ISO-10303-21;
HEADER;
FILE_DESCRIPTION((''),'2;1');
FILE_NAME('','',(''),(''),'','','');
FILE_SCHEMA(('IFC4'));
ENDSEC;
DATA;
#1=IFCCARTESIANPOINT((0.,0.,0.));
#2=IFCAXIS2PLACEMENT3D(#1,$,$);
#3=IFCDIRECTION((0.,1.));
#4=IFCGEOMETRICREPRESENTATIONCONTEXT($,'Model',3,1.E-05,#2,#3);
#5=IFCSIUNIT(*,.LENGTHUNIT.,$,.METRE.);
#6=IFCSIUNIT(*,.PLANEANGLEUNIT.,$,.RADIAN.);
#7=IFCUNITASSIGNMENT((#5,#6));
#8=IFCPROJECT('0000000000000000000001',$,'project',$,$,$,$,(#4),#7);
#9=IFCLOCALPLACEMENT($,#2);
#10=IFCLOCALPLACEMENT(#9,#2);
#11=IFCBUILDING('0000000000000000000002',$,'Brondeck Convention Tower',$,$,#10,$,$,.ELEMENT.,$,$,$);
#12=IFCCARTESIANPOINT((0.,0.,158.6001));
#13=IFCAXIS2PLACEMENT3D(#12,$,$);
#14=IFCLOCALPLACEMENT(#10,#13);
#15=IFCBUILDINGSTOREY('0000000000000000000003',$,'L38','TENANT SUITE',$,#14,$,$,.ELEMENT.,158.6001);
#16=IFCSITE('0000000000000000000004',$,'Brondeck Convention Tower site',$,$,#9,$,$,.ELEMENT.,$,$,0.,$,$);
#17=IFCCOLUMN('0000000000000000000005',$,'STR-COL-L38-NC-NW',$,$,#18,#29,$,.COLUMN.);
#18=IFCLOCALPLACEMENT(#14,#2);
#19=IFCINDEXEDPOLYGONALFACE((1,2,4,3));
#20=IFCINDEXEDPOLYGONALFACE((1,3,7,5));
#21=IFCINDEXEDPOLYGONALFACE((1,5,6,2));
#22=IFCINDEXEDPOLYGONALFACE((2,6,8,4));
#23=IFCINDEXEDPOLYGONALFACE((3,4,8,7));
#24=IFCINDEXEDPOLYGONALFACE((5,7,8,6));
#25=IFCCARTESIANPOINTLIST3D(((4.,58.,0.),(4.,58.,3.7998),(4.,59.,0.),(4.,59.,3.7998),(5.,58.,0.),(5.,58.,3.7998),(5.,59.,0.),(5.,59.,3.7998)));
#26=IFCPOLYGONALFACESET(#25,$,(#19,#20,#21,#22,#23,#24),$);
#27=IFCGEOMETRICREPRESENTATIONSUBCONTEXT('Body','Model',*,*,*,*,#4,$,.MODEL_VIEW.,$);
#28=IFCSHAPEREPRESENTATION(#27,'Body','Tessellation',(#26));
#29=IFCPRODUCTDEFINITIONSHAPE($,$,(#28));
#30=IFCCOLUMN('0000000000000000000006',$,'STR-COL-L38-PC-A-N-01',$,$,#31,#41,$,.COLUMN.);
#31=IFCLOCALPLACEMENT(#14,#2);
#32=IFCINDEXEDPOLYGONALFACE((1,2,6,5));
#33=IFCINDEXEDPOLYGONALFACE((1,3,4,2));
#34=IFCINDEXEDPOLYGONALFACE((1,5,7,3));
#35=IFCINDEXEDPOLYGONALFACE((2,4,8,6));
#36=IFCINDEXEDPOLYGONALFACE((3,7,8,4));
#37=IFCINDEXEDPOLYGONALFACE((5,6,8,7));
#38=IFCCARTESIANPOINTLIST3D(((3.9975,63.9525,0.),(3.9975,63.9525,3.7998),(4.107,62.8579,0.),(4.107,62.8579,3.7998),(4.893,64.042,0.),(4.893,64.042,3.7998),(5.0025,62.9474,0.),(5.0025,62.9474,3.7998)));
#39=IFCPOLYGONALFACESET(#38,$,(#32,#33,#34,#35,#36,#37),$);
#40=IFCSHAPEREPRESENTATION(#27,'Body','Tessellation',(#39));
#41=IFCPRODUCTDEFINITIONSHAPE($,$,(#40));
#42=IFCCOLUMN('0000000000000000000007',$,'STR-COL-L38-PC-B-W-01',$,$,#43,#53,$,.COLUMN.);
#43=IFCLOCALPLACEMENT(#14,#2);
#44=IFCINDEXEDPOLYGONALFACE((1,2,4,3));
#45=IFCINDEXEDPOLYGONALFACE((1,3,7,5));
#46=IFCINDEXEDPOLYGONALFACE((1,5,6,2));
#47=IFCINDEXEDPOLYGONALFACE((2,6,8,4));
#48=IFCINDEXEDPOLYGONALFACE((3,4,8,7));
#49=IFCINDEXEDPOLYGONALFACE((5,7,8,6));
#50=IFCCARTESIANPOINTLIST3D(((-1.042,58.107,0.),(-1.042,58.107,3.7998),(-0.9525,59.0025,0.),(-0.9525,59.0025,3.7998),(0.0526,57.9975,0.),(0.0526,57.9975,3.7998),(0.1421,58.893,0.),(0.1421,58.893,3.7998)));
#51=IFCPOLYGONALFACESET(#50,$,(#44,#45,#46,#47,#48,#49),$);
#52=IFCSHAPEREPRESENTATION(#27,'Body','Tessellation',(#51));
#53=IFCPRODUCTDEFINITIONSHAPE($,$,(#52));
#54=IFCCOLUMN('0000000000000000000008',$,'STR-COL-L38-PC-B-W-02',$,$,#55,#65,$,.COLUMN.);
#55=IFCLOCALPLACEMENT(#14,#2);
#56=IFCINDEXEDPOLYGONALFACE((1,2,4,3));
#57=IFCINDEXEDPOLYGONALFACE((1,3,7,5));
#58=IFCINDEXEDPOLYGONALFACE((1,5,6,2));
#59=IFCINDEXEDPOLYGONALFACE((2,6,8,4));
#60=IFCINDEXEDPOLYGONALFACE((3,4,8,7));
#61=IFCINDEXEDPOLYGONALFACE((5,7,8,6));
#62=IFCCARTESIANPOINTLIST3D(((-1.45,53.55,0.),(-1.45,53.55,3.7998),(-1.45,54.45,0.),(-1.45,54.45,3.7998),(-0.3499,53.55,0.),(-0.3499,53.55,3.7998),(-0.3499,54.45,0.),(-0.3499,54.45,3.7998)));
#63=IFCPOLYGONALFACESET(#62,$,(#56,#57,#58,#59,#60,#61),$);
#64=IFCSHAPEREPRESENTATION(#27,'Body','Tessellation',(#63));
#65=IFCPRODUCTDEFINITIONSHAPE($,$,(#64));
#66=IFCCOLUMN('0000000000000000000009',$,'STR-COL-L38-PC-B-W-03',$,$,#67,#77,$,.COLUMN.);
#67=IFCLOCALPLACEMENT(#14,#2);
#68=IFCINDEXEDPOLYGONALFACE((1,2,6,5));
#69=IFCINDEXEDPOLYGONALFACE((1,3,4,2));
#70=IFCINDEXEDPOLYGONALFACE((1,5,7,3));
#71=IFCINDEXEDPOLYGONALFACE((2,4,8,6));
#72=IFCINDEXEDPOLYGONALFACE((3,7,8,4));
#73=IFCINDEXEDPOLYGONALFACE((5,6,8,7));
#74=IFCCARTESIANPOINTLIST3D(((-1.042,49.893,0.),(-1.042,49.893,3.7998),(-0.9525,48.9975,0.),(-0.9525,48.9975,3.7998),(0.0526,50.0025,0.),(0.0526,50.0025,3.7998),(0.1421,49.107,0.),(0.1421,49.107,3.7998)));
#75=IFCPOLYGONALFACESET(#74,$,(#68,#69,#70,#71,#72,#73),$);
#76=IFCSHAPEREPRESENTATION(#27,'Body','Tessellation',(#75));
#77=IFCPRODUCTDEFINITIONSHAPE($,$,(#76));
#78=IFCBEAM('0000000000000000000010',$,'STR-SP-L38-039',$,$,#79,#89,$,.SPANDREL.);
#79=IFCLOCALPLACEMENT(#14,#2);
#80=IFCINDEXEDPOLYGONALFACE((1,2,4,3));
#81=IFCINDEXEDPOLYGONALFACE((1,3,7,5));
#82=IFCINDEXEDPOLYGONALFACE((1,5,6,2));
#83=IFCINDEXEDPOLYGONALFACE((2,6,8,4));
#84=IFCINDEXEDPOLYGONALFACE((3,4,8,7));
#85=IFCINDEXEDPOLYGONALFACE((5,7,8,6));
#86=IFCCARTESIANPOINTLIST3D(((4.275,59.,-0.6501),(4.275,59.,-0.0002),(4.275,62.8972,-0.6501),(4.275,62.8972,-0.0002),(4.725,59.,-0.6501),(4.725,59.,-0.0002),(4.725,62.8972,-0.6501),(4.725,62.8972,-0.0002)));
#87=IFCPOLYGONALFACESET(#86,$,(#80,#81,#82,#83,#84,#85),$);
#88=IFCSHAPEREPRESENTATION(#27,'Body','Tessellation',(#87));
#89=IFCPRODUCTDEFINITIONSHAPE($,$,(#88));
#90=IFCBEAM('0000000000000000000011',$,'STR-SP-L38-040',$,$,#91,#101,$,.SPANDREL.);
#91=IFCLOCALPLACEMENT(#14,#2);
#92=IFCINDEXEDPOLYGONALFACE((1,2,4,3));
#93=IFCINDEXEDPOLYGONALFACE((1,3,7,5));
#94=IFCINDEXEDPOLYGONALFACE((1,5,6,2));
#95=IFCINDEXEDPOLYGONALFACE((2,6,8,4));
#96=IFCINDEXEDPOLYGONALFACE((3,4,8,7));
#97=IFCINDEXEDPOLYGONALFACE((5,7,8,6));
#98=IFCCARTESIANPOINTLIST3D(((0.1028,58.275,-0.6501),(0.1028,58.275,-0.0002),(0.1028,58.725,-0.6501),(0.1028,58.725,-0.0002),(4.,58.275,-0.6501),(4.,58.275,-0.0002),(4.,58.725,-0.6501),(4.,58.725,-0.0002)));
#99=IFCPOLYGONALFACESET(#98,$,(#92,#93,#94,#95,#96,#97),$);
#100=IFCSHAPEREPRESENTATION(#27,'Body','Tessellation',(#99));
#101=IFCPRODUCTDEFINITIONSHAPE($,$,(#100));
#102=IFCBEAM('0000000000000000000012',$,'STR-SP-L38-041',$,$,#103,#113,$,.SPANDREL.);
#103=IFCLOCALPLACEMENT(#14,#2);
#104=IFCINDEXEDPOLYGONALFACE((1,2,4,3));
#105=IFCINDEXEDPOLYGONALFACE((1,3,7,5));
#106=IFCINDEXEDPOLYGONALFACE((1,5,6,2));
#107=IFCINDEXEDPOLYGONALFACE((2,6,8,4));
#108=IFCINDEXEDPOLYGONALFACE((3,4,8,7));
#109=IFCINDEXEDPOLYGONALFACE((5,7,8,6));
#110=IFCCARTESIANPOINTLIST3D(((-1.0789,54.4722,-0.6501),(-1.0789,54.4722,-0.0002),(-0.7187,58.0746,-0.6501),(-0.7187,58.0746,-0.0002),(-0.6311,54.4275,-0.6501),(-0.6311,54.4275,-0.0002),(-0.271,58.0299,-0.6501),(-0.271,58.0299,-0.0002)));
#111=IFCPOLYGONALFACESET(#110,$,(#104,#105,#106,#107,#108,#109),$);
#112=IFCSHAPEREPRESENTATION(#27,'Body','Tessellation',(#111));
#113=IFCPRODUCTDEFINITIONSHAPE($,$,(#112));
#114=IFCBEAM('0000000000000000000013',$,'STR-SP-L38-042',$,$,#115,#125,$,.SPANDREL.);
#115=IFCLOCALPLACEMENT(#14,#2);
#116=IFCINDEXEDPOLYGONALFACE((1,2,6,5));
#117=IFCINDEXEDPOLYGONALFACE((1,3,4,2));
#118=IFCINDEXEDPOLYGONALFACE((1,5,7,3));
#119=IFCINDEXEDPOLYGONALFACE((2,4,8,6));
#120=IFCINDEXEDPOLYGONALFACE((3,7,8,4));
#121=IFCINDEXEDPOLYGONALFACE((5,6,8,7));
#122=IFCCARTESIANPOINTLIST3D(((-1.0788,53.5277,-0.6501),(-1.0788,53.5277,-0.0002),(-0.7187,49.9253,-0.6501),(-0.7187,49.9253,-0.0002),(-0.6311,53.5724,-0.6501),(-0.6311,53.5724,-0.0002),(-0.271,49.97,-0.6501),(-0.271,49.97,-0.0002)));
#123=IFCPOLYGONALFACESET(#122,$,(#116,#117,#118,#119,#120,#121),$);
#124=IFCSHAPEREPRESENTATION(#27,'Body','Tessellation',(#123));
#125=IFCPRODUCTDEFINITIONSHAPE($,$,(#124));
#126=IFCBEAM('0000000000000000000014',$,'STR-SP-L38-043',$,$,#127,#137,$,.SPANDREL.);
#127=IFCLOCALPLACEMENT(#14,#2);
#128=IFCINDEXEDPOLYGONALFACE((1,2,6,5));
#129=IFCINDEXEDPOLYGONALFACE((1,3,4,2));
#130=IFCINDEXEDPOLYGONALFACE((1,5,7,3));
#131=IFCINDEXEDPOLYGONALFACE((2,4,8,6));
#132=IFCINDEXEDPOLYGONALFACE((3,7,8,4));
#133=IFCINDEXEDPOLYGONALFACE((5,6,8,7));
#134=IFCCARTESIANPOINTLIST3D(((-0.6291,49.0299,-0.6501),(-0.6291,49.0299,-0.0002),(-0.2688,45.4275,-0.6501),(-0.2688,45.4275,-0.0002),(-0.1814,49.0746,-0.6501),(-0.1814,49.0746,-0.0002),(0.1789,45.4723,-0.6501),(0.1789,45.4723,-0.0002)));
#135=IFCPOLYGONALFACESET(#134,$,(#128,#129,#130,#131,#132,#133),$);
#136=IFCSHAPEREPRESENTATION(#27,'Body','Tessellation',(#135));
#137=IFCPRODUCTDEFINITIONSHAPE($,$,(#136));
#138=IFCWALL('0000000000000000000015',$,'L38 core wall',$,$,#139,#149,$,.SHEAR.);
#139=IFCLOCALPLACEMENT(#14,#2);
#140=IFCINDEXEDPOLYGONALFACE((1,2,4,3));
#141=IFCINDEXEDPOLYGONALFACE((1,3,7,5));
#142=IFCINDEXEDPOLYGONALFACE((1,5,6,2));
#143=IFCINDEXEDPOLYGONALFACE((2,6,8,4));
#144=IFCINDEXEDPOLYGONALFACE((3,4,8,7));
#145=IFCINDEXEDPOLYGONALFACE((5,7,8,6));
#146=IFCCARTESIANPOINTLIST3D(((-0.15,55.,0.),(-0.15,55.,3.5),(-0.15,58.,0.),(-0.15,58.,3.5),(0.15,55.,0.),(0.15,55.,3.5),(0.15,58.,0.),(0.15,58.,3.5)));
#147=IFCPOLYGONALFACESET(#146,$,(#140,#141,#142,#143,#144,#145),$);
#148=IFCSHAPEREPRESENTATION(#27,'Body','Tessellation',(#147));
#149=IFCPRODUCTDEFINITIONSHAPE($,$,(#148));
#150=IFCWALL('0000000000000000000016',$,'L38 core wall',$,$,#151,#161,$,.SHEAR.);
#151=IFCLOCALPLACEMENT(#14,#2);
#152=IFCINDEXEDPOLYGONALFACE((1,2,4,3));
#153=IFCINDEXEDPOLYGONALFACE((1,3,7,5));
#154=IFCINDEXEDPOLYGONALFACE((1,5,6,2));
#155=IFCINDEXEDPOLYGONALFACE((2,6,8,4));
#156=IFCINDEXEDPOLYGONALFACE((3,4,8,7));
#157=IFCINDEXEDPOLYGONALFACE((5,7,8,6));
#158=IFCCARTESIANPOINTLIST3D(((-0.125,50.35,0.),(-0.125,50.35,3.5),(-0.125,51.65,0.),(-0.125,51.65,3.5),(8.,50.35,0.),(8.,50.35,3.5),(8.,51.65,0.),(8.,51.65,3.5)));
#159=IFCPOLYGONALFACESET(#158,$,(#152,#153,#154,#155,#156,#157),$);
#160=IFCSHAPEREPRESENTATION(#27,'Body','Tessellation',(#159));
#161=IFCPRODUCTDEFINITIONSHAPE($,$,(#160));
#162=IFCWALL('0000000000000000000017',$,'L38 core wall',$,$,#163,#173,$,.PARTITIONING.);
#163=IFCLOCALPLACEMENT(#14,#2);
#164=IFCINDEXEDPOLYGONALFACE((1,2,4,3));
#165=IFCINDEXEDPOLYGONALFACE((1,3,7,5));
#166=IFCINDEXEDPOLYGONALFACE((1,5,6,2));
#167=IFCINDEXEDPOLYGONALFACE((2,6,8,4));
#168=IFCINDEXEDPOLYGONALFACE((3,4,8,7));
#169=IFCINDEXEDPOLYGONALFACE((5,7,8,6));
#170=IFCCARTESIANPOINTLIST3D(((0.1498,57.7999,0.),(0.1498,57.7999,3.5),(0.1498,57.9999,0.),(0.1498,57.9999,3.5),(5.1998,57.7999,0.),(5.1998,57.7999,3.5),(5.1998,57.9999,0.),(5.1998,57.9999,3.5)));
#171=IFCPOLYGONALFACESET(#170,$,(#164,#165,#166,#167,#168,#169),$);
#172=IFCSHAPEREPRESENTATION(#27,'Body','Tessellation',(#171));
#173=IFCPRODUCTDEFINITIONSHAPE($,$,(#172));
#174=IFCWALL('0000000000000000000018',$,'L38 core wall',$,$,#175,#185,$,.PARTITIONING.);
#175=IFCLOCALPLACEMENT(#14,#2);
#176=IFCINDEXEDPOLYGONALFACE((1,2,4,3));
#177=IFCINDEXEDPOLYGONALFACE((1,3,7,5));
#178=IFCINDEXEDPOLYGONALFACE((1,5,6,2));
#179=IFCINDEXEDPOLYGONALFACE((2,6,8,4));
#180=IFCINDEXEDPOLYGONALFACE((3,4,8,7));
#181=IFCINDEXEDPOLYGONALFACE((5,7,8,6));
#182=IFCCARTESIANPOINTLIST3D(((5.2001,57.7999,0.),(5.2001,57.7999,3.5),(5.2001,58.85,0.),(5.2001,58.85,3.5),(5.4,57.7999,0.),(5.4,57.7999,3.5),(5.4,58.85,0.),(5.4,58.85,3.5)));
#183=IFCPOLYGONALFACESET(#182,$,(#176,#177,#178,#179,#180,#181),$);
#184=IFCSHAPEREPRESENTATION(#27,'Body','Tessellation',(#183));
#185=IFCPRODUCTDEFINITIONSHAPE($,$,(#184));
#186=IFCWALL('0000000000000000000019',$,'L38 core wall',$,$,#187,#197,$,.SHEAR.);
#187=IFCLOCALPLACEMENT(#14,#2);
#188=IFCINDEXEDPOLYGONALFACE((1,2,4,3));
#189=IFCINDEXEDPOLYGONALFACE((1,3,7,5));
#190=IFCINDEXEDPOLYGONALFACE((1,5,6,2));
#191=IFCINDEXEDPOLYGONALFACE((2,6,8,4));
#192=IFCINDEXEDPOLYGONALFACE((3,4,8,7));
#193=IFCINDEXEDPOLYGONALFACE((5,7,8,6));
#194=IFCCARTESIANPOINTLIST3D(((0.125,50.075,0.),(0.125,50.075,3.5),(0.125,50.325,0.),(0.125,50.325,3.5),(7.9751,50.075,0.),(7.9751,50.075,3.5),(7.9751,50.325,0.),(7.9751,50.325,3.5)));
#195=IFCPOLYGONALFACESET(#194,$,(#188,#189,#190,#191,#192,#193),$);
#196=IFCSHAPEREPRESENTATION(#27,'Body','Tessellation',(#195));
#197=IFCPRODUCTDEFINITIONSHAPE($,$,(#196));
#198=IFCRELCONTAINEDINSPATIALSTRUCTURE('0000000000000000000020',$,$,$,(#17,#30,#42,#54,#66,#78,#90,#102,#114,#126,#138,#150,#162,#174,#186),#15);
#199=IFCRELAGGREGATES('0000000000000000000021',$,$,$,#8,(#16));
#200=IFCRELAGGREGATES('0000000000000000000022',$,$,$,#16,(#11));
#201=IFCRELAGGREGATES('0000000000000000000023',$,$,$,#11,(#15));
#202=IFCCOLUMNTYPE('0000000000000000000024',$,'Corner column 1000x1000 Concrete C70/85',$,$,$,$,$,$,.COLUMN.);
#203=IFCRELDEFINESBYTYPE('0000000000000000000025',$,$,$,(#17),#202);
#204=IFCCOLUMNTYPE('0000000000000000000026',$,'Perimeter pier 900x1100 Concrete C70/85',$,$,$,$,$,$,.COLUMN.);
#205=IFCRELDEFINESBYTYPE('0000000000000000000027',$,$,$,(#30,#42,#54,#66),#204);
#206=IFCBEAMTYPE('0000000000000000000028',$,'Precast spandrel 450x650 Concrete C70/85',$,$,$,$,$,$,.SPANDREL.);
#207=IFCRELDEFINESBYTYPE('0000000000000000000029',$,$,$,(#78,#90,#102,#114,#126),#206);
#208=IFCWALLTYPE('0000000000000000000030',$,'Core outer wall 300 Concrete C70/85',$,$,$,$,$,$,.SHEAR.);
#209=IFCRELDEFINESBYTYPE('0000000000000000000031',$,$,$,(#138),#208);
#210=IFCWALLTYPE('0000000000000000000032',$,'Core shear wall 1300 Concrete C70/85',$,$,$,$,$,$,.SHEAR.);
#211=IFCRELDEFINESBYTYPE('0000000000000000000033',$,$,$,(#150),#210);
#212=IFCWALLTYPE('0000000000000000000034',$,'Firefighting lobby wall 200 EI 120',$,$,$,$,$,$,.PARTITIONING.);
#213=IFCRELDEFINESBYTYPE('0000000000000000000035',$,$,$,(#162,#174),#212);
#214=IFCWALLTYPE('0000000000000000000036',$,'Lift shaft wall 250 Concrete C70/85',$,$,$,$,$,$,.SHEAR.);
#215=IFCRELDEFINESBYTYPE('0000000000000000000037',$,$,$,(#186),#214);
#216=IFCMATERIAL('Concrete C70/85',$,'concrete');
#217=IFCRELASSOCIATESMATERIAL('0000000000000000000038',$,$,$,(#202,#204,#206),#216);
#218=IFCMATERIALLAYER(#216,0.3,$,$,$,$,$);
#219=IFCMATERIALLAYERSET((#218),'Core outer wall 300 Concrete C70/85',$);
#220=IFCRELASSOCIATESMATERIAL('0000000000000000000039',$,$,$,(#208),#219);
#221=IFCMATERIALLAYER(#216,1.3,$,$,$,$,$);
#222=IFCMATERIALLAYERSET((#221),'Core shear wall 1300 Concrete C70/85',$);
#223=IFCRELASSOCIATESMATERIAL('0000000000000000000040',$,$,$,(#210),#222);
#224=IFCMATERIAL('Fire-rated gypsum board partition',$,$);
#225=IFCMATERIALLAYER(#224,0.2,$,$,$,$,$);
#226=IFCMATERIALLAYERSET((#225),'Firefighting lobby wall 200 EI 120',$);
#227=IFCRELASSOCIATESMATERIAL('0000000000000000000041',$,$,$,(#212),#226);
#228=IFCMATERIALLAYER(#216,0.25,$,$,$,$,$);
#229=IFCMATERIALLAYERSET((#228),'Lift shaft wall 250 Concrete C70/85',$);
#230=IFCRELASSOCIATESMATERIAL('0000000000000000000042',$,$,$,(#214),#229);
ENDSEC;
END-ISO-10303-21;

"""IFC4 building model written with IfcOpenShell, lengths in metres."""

from ifc_helpers import new_model, si_unit, direction, frame, frame_2d, origin, origin_2d, place, context, subcontext, project, spatial, rectangle, extrude, material, layer, layer_set, material_profile, profile_set, type_object, element, save


model = new_model("IFC4")

# Units and contexts
model_context = context("Model", 3, precision=1e-05, world=origin(), true_north=direction((0.0, 1.0)))
body_context = subcontext(model_context, "Body", "Model", "MODEL_VIEW")
ifc_project = project(units=[si_unit("LENGTHUNIT", "METRE"), si_unit("PLANEANGLEUNIT", "RADIAN")], contexts=[model_context])

# Site, building, storey
site_placement = place(None, origin())
site = spatial("IfcSite", under=ifc_project, at=site_placement, Name="Brondeck Convention Tower site", CompositionType="ELEMENT", RefElevation=0.0)
building_placement = place(site_placement, origin())
building = spatial("IfcBuilding", under=site, at=building_placement, Name="Brondeck Convention Tower", CompositionType="ELEMENT")
storey_placement = place(building_placement, frame((0.0, 0.0, 158.6001)))
storey = spatial("IfcBuildingStorey", under=building, at=storey_placement, Name="L38", Description="TENANT SUITE", CompositionType="ELEMENT", Elevation=158.6001)

# Columns
ifc_material_1 = material(Name="Concrete C70/85", Category="concrete")
ifc_material_profile_1 = material_profile(ifc_material_1, rectangle(XDim=1.0, YDim=1.0, at=origin_2d()), Name="Corner column 1000x1000 Concrete C70/85")
ifc_profile_set_1 = profile_set([ifc_material_profile_1], Name="Concrete C70/85")
column_type_1 = type_object("IfcColumnType", Name="Corner column 1000x1000 Concrete C70/85", PredefinedType="COLUMN", material=ifc_profile_set_1)
column_placement = place(storey_placement, frame((4.5, 58.5, 0.0), z_axis=(0.0, 0.0, 1.0), x_axis=(1.0, 0.0, 0.0)))
element("IfcColumn", 1, at=column_placement, inside=storey, type_object=column_type_1, Name="STR-COL-L38-NC-NW", PredefinedType="COLUMN", context=body_context, shape_type="SweptSolid", body=[
    extrude(rectangle(XDim=1.0, YDim=1.0, at=origin_2d()), origin(), (0.0, 0.0, 1.0), 3.7998),
])
ifc_material_profile_2 = material_profile(ifc_material_1, rectangle(XDim=0.8999, YDim=1.1001, at=origin_2d()), Name="Perimeter pier 900x1100 Concrete C70/85")
ifc_profile_set_2 = profile_set([ifc_material_profile_2], Name="Concrete C70/85")
column_type_2 = type_object("IfcColumnType", Name="Perimeter pier 900x1100 Concrete C70/85", PredefinedType="COLUMN", material=ifc_profile_set_2)
for number, where, z_axis, x_axis, name in (
    (2, (4.5, 63.45, 0.0), (0.0, 0.0, 1.0), (-0.995037, -0.099504, 0.0), "STR-COL-L38-PC-A-N-01"),
    (3, (-0.45, 58.5, 0.0), (0.0, 0.0, 1.0), (-0.099504, -0.995037, 0.0), "STR-COL-L38-PC-B-W-01"),
    (4, (-0.8999, 54.0, 0.0), (0.0, 0.0, 1.0), (0.0, -1.0, 0.0), "STR-COL-L38-PC-B-W-02"),
    (5, (-0.45, 49.5, 0.0), (0.0, 0.0, 1.0), (0.099504, -0.995037, 0.0), "STR-COL-L38-PC-B-W-03"),
):
    element("IfcColumn", number, at=place(storey_placement, frame(where, z_axis=z_axis, x_axis=x_axis)), inside=storey, type_object=column_type_2, Name=name, PredefinedType="COLUMN", context=body_context, shape_type="SweptSolid", body=[
        extrude(rectangle(XDim=0.8999, YDim=1.1001, at=origin_2d()), origin(), (0.0, 0.0, 1.0), 3.7998),
    ])

# Beams
ifc_material_profile_3 = material_profile(ifc_material_1, rectangle(XDim=0.45, YDim=0.6499, at=origin_2d()), Name="Precast spandrel 450x650 Concrete C70/85")
ifc_profile_set_3 = profile_set([ifc_material_profile_3], Name="Concrete C70/85")
beam_type = type_object("IfcBeamType", Name="Precast spandrel 450x650 Concrete C70/85", PredefinedType="SPANDREL", material=ifc_profile_set_3)
for number, where, z_axis, x_axis, name in (
    (6, (4.5, 62.8972, -0.3252), (0.0, -1.0, 0.0), (1.0, 0.0, 0.0), "STR-SP-L38-039"),
    (7, (4.0, 58.5, -0.3252), (-1.0, 0.0, 0.0), (0.0, -1.0, 0.0), "STR-SP-L38-040"),
):
    element("IfcBeam", number, at=place(storey_placement, frame(where, z_axis=z_axis, x_axis=x_axis)), inside=storey, type_object=beam_type, Name=name, PredefinedType="SPANDREL", context=body_context, shape_type="SweptSolid", body=[
        extrude(rectangle(XDim=0.45, YDim=0.6499, at=origin_2d()), origin(), (0.0, 0.0, 1.0), 3.8972),
    ])
for number, where, z_axis, x_axis, name in (
    (8, (-0.4949, 58.0522, -0.3252), (-0.09947, -0.995041, 0.0), (0.995041, -0.09947, 0.0), "STR-SP-L38-041"),
    (9, (-0.855, 53.55, -0.3252), (0.09947, -0.995041, 0.0), (0.995041, 0.09947, 0.0), "STR-SP-L38-042"),
    (10, (-0.4053, 49.0522, -0.3252), (0.099537, -0.995034, 0.0), (0.995034, 0.099537, 0.0), "STR-SP-L38-043"),
):
    element("IfcBeam", number, at=place(storey_placement, frame(where, z_axis=z_axis, x_axis=x_axis)), inside=storey, type_object=beam_type, Name=name, PredefinedType="SPANDREL", context=body_context, shape_type="SweptSolid", body=[
        extrude(rectangle(XDim=0.45, YDim=0.6499, at=origin_2d()), origin(), (0.0, 0.0, 1.0), 3.6204),
    ])

# Walls
ifc_layer_1 = layer(ifc_material_1, 0.3)
ifc_layer_set_1 = layer_set([ifc_layer_1], Name="Core outer wall 300 Concrete C70/85")
wall_type_1 = type_object("IfcWallType", Name="Core outer wall 300 Concrete C70/85", PredefinedType="SHEAR", material=ifc_layer_set_1)
wall_1_placement = place(storey_placement, frame((0.0, 55.0, 0.0), z_axis=(0.0, 0.0, 1.0), x_axis=(0.0, 1.0, 0.0)))
element("IfcWall", 11, at=wall_1_placement, inside=storey, type_object=wall_type_1, Name="L38 core wall", PredefinedType="SHEAR", context=body_context, shape_type="SweptSolid", body=[
    extrude(rectangle(XDim=3.0, YDim=0.3, at=frame_2d((1.5, 0.0))), origin(), (0.0, 0.0, 1.0), 3.5),
])
ifc_layer_2 = layer(ifc_material_1, 1.3)
ifc_layer_set_2 = layer_set([ifc_layer_2], Name="Core shear wall 1300 Concrete C70/85")
wall_type_2 = type_object("IfcWallType", Name="Core shear wall 1300 Concrete C70/85", PredefinedType="SHEAR", material=ifc_layer_set_2)
wall_2_placement = place(storey_placement, frame((-0.125, 51.0, 0.0), z_axis=(0.0, 0.0, 1.0), x_axis=(1.0, 0.0, 0.0)))
element("IfcWall", 12, at=wall_2_placement, inside=storey, type_object=wall_type_2, Name="L38 core wall", PredefinedType="SHEAR", context=body_context, shape_type="SweptSolid", body=[
    extrude(rectangle(XDim=8.125, YDim=1.3, at=frame_2d((4.0625, 0.0))), origin(), (0.0, 0.0, 1.0), 3.5),
])
ifc_material_2 = material(Name="Fire-rated gypsum board partition")
ifc_layer_3 = layer(ifc_material_2, 0.2)
ifc_layer_set_3 = layer_set([ifc_layer_3], Name="Firefighting lobby wall 200 EI 120")
wall_type_3 = type_object("IfcWallType", Name="Firefighting lobby wall 200 EI 120", PredefinedType="PARTITIONING", material=ifc_layer_set_3)
wall_3_placement = place(storey_placement, frame((0.1499, 57.8999, 0.0), z_axis=(0.0, 0.0, 1.0), x_axis=(1.0, 0.0, 0.0)))
element("IfcWall", 13, at=wall_3_placement, inside=storey, type_object=wall_type_3, Name="L38 core wall", PredefinedType="PARTITIONING", context=body_context, shape_type="SweptSolid", body=[
    extrude(rectangle(XDim=5.05, YDim=0.2, at=frame_2d((2.5249, 0.0))), origin(), (0.0, 0.0, 1.0), 3.5),
])
wall_4_placement = place(storey_placement, frame((5.3, 57.8, 0.0), z_axis=(0.0, 0.0, 1.0), x_axis=(0.0, 1.0, 0.0)))
element("IfcWall", 14, at=wall_4_placement, inside=storey, type_object=wall_type_3, Name="L38 core wall", PredefinedType="PARTITIONING", context=body_context, shape_type="SweptSolid", body=[
    extrude(rectangle(XDim=1.05, YDim=0.2, at=frame_2d((0.5249, 0.0))), origin(), (0.0, 0.0, 1.0), 3.5),
])
ifc_layer_4 = layer(ifc_material_1, 0.25)
ifc_layer_set_4 = layer_set([ifc_layer_4], Name="Lift shaft wall 250 Concrete C70/85")
wall_type_4 = type_object("IfcWallType", Name="Lift shaft wall 250 Concrete C70/85", PredefinedType="SHEAR", material=ifc_layer_set_4)
for number, where, z_axis, x_axis, name in (
    (15, (0.125, 50.2, 0.0), (0.0, 0.0, 1.0), (1.0, 0.0, 0.0), "L38 core wall"),
):
    element("IfcWall", number, at=place(storey_placement, frame(where, z_axis=z_axis, x_axis=x_axis)), inside=storey, type_object=wall_type_4, Name=name, PredefinedType="SHEAR", context=body_context, shape_type="SweptSolid", body=[
        extrude(rectangle(XDim=7.8501, YDim=0.25, at=frame_2d((3.925, 0.0))), origin(), (0.0, 0.0, 1.0), 3.5),
    ])

save(model, "model.ifc")
